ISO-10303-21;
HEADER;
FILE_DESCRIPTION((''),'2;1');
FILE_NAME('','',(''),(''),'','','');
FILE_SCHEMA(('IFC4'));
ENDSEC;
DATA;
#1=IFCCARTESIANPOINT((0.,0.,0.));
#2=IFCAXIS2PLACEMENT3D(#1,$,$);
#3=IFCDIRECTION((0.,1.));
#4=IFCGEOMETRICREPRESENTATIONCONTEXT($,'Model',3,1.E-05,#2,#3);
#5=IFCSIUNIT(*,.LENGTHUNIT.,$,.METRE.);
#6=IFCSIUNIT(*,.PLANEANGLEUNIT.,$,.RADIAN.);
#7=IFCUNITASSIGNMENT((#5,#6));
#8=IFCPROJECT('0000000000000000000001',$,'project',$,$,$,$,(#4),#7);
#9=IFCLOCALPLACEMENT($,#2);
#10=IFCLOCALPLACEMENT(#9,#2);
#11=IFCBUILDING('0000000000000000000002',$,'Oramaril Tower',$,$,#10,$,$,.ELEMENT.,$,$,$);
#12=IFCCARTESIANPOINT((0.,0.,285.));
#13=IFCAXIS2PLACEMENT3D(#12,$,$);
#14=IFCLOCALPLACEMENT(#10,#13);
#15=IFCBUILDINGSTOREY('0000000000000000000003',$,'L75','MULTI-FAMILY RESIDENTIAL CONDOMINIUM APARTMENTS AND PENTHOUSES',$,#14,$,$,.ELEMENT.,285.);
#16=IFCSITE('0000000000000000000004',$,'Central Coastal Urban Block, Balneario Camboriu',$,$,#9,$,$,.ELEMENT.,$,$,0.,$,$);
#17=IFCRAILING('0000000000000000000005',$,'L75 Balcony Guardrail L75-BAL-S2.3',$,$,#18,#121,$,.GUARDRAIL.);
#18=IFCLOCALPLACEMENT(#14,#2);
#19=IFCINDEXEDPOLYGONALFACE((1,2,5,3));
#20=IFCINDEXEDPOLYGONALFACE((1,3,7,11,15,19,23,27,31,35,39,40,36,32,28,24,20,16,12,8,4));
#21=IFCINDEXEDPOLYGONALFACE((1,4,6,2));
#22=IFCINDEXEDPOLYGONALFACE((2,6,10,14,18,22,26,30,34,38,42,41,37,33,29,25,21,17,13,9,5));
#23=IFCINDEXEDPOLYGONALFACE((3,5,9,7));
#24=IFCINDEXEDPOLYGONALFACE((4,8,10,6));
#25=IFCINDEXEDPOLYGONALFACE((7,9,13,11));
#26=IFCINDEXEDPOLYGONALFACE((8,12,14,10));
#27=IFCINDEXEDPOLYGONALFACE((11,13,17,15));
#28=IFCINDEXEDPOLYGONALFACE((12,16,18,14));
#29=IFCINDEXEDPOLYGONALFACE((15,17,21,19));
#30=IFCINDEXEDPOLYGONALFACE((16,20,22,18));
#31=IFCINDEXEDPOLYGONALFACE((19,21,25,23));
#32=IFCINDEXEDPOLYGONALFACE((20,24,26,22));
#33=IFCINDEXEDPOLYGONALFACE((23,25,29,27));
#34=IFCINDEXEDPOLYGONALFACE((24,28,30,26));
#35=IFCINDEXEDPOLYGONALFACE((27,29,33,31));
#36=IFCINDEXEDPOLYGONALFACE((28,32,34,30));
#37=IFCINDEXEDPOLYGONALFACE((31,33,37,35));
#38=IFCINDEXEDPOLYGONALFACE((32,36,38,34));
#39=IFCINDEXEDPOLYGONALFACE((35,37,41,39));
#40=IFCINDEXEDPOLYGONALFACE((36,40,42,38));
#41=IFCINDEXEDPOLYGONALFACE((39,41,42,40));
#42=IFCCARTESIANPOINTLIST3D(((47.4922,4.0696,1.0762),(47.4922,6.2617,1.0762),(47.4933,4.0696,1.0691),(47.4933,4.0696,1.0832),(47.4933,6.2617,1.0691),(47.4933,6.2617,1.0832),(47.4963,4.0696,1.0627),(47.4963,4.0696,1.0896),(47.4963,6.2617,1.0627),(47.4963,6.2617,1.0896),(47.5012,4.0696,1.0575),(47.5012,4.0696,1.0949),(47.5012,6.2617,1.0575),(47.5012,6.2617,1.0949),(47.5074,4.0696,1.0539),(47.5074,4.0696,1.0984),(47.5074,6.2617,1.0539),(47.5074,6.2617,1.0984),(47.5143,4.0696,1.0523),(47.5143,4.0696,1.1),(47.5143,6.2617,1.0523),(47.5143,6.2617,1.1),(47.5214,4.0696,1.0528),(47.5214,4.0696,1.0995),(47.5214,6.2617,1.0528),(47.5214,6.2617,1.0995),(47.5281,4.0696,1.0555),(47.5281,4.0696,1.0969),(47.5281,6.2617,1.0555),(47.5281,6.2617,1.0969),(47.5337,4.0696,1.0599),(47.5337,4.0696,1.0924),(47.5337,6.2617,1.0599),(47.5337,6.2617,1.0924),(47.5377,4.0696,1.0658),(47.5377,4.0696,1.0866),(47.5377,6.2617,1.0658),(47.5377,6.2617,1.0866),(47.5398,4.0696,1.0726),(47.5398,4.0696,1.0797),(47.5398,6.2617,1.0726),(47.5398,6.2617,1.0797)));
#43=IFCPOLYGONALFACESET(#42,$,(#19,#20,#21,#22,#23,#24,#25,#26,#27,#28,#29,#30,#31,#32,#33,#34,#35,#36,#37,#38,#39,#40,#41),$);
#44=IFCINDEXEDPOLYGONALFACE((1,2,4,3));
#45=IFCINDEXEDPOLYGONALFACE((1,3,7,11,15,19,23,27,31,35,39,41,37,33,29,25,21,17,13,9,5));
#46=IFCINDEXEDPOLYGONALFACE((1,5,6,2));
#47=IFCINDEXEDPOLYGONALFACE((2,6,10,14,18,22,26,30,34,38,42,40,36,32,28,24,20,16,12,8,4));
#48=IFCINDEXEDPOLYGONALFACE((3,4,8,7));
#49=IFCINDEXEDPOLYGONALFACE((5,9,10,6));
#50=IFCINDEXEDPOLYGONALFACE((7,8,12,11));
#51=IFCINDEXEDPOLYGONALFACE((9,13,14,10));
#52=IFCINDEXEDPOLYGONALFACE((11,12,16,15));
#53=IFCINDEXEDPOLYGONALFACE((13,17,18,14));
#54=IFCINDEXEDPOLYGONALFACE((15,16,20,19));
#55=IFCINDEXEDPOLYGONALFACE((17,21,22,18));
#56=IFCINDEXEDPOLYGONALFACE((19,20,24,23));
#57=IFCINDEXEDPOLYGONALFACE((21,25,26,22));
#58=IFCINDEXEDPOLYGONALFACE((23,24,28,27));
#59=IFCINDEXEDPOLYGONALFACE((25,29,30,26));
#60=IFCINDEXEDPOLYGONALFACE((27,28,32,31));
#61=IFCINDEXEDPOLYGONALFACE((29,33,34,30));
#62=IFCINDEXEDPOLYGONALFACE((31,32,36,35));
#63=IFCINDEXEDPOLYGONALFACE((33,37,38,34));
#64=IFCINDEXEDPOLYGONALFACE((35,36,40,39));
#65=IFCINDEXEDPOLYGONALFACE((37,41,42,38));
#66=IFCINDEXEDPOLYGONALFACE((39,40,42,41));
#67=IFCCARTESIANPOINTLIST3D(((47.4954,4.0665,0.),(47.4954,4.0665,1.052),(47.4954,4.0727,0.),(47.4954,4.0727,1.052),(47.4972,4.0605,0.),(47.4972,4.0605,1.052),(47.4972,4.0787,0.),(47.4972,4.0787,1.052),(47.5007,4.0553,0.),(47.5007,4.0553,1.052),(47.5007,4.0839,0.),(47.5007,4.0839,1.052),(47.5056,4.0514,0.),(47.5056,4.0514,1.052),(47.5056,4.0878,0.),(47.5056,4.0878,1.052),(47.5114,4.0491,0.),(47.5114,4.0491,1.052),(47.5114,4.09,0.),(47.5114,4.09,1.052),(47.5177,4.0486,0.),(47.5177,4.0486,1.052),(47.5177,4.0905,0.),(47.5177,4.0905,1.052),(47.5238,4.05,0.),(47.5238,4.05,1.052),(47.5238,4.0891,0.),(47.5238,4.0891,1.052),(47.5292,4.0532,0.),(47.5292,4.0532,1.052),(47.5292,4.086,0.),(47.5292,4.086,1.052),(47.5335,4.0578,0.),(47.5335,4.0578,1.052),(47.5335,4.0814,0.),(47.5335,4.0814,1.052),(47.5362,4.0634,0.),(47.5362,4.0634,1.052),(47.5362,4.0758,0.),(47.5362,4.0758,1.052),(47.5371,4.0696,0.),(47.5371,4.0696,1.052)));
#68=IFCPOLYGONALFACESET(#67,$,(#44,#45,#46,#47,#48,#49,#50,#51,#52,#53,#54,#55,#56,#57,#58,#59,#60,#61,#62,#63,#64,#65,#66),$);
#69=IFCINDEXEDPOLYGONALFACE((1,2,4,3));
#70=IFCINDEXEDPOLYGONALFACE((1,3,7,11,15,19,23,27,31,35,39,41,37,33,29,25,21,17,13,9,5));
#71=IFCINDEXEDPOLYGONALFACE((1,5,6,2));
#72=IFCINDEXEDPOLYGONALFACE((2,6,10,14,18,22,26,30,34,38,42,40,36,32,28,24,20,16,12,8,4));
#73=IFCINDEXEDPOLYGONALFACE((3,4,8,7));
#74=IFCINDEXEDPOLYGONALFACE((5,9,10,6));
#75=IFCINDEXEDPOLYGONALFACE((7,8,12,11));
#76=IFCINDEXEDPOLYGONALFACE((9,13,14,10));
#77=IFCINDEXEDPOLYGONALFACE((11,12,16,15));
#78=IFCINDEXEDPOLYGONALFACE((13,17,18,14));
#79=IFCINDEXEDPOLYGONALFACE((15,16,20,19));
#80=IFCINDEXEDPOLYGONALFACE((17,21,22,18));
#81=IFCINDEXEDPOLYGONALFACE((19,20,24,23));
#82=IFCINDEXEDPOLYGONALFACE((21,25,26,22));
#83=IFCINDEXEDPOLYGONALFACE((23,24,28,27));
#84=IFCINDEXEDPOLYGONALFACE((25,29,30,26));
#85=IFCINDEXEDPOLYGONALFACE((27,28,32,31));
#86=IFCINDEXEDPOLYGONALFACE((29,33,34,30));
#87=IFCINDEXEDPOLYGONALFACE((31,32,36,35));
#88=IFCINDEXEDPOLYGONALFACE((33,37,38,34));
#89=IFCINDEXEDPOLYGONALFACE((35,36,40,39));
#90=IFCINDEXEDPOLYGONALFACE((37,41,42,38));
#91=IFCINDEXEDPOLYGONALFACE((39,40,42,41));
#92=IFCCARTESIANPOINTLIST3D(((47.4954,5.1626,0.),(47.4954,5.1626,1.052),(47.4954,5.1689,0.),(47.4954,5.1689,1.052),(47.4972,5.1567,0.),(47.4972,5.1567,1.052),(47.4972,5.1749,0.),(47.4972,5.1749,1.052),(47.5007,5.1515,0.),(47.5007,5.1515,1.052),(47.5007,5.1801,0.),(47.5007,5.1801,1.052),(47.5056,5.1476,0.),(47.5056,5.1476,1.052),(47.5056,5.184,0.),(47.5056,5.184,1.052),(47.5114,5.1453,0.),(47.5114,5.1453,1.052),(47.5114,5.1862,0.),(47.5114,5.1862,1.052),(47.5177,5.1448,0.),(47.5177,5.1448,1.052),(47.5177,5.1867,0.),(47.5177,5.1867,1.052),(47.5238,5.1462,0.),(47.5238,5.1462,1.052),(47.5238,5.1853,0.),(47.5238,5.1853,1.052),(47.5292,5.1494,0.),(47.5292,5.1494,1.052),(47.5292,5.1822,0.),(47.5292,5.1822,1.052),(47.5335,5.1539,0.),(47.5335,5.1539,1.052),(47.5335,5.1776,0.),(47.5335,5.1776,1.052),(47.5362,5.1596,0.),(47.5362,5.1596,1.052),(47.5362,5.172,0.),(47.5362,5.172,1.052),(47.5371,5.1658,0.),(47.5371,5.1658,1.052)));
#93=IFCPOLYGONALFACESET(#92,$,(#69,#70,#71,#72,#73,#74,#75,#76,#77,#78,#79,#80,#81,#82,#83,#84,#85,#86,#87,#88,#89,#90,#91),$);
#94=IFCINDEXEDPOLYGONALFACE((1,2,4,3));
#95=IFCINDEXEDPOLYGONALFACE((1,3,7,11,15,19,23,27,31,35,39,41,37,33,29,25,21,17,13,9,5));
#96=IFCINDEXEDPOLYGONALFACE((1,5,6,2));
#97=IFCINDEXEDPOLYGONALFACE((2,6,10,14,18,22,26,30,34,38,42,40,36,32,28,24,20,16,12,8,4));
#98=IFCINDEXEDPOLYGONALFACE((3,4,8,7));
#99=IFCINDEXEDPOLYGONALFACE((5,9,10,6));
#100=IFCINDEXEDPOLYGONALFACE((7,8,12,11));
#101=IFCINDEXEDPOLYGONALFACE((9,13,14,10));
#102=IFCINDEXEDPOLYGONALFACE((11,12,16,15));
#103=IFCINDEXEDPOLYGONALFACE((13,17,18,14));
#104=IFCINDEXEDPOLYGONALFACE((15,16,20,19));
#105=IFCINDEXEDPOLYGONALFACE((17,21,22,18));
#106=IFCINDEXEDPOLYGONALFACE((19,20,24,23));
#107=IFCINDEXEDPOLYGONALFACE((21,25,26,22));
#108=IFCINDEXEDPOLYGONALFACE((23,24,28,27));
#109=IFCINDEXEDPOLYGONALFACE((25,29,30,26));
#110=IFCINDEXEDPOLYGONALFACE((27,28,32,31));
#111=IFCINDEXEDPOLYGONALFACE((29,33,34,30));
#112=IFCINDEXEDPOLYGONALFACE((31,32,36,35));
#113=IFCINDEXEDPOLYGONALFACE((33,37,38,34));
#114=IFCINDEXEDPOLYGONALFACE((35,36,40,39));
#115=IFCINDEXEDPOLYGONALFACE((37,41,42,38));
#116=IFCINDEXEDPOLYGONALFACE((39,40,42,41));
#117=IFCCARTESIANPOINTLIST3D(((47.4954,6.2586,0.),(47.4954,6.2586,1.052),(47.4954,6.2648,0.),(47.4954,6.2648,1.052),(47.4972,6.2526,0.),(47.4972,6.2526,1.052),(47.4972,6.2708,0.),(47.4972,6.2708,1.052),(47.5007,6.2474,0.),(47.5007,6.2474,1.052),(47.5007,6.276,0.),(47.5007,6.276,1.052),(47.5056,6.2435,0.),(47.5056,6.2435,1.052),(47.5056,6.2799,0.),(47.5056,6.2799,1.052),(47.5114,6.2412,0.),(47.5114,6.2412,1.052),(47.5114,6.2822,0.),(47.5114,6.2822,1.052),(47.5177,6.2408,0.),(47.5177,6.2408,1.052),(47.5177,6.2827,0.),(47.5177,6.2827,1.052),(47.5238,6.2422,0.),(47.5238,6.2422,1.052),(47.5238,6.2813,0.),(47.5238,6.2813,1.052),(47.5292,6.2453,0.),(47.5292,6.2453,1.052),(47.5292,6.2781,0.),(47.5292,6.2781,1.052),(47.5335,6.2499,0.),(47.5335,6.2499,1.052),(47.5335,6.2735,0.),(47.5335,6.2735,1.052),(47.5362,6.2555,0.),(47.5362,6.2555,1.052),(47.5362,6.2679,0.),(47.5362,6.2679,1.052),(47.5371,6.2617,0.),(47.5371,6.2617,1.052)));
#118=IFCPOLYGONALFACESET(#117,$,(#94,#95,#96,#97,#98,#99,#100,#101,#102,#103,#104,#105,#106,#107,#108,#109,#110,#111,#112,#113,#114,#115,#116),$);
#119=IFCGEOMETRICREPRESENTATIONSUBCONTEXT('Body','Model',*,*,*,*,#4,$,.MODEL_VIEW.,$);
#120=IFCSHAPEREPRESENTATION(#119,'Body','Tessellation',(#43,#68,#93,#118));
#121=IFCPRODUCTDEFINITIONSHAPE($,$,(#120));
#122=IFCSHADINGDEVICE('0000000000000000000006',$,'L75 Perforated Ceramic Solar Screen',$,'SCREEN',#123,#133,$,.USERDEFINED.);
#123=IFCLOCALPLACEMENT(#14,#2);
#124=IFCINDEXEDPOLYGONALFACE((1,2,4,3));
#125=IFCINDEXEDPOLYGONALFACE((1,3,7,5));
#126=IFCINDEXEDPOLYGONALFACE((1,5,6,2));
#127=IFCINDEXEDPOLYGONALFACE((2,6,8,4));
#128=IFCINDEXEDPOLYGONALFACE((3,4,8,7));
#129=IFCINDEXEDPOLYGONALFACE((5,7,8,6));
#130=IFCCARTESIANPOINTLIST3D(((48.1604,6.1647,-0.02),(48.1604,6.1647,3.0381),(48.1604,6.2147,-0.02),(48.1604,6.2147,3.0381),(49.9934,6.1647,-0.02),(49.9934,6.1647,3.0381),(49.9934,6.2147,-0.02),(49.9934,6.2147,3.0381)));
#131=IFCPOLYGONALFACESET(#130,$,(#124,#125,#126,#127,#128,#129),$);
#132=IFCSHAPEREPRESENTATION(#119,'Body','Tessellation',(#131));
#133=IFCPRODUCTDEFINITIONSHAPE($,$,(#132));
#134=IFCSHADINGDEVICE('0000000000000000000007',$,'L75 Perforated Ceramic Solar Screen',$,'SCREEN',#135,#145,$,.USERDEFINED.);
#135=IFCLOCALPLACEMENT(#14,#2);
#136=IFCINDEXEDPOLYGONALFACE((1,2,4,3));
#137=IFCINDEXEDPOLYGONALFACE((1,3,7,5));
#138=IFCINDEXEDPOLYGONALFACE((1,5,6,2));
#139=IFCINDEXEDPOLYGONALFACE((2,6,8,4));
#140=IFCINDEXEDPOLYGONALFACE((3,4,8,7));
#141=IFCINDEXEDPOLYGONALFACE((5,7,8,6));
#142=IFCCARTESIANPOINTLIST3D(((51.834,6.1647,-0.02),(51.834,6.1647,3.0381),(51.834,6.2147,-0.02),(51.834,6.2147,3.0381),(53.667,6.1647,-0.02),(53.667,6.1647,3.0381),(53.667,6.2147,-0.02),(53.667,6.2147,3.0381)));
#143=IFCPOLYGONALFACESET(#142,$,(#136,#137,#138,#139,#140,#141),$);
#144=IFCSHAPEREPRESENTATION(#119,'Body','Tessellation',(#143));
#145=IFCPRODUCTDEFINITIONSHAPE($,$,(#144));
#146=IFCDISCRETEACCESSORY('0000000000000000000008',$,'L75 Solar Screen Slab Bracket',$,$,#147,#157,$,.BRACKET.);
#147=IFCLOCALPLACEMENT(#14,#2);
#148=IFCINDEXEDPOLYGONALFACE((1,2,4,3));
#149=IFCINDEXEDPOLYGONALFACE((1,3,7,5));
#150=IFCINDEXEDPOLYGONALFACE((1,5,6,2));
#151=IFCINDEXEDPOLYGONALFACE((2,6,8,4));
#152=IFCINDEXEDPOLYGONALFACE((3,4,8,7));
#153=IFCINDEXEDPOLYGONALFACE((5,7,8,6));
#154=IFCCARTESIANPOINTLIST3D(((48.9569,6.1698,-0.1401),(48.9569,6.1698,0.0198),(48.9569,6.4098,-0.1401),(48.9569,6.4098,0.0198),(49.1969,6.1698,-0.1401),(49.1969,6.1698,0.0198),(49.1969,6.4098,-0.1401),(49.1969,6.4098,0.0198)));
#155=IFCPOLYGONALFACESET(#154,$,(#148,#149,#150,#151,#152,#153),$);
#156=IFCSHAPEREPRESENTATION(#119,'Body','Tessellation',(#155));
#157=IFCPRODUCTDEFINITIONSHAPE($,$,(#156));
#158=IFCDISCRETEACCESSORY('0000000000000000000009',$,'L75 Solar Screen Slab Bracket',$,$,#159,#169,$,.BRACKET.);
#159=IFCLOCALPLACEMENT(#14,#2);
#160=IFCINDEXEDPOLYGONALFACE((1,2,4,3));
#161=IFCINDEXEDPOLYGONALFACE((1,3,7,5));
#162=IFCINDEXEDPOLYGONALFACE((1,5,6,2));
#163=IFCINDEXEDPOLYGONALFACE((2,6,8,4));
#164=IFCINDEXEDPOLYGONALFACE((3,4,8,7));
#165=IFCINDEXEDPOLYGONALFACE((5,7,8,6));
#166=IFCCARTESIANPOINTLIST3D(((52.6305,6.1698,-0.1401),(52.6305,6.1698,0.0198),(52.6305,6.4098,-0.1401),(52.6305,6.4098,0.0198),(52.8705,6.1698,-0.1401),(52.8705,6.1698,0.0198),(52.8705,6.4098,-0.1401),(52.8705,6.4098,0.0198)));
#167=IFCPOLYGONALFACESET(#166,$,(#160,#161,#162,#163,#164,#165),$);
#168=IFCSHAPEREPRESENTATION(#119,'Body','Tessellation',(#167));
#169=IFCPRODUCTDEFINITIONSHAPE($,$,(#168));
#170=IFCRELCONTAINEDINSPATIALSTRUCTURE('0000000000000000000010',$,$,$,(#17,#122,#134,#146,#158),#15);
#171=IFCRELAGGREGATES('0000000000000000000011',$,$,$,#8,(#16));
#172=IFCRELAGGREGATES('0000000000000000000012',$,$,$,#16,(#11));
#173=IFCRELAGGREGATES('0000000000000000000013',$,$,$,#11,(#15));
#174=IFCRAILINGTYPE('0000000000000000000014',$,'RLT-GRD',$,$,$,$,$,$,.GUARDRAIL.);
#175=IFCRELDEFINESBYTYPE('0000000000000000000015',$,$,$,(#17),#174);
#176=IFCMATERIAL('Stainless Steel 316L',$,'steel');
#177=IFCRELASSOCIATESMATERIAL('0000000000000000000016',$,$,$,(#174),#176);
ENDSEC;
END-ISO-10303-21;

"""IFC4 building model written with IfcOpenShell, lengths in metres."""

from ifc_helpers import new_model, si_unit, direction, frame, origin, origin_2d, place, context, subcontext, project, spatial, rectangle, circle, extrude, material, type_object, element, save


model = new_model("IFC4")

# Units and contexts
model_context = context("Model", 3, precision=1e-05, world=origin(), true_north=direction((0.0, 1.0)))
body_context = subcontext(model_context, "Body", "Model", "MODEL_VIEW")
ifc_project = project(units=[si_unit("LENGTHUNIT", "METRE"), si_unit("PLANEANGLEUNIT", "RADIAN")], contexts=[model_context])

# Site, building, storey
site_placement = place(None, origin())
site = spatial("IfcSite", under=ifc_project, at=site_placement, Name="Central Coastal Urban Block, Balneario Camboriu", CompositionType="ELEMENT", RefElevation=0.0)
building_placement = place(site_placement, origin())
building = spatial("IfcBuilding", under=site, at=building_placement, Name="Oramaril Tower", CompositionType="ELEMENT")
storey_placement = place(building_placement, frame((0.0, 0.0, 285.0)))
storey = spatial("IfcBuildingStorey", under=building, at=storey_placement, Name="L75", Description="MULTI-FAMILY RESIDENTIAL CONDOMINIUM APARTMENTS AND PENTHOUSES", CompositionType="ELEMENT", Elevation=285.0)

# Railing
ifc_material_1 = material(Name="Stainless Steel 316L", Category="steel")
railing_type = type_object("IfcRailingType", Name="RLT-GRD", PredefinedType="GUARDRAIL", material=ifc_material_1)
railing_1_placement = place(storey_placement, frame((47.5161, 4.0696, 0.0)))
element("IfcRailing", 1, at=railing_1_placement, inside=storey, type_object=railing_type, Name="L75 Balcony Guardrail L75-BAL-S2.3", PredefinedType="GUARDRAIL", context=body_context, shape_type="SweptSolid", body=[
    extrude(circle(Radius=0.0239, at=origin_2d()), frame((0.0, 0.0, 1.0762), z_axis=(0.0, 1.0, 0.0), x_axis=(-1.0, 0.0, 0.0)), (0.0, 0.0, 1.0), 2.1921),
    extrude(circle(Radius=0.021, at=origin_2d()), origin(), (0.0, 0.0, 1.0), 1.052),
    extrude(circle(Radius=0.021, at=origin_2d()), frame((0.0, 1.0962, 0.0)), (0.0, 0.0, 1.0), 1.052),
    extrude(circle(Radius=0.021, at=origin_2d()), frame((0.0, 2.1921, 0.0)), (0.0, 0.0, 1.0), 1.052),
])

# Shading devices
for number, where, z_axis, x_axis, name in (
    (2, (49.0769, 6.1897, -0.02), (0.0, 0.0, 1.0), (1.0, 0.0, 0.0), "L75 Perforated Ceramic Solar Screen"),
    (3, (52.7505, 6.1897, -0.02), (0.0, 0.0, 1.0), (1.0, 0.0, 0.0), "L75 Perforated Ceramic Solar Screen"),
):
    element("IfcShadingDevice", number, at=place(storey_placement, frame(where, z_axis=z_axis, x_axis=x_axis)), inside=storey, Name=name, ObjectType="SCREEN", PredefinedType="USERDEFINED", context=body_context, shape_type="SweptSolid", body=[
        extrude(rectangle(XDim=1.833, YDim=0.05, at=origin_2d()), origin(), (0.0, 0.0, 1.0), 3.0581),
    ])

# Discrete accessories
for number, where, z_axis, x_axis, name in (
    (4, (49.0769, 6.2898, -0.1401), (0.0, 0.0, 1.0), (1.0, 0.0, 0.0), "L75 Solar Screen Slab Bracket"),
    (5, (52.7505, 6.2898, -0.1401), (0.0, 0.0, 1.0), (1.0, 0.0, 0.0), "L75 Solar Screen Slab Bracket"),
):
    element("IfcDiscreteAccessory", number, at=place(storey_placement, frame(where, z_axis=z_axis, x_axis=x_axis)), inside=storey, Name=name, PredefinedType="BRACKET", context=body_context, shape_type="SweptSolid", body=[
        extrude(rectangle(XDim=0.24, YDim=0.24, at=origin_2d()), origin(), (0.0, 0.0, 1.0), 0.1599),
    ])

save(model, "model.ifc")
